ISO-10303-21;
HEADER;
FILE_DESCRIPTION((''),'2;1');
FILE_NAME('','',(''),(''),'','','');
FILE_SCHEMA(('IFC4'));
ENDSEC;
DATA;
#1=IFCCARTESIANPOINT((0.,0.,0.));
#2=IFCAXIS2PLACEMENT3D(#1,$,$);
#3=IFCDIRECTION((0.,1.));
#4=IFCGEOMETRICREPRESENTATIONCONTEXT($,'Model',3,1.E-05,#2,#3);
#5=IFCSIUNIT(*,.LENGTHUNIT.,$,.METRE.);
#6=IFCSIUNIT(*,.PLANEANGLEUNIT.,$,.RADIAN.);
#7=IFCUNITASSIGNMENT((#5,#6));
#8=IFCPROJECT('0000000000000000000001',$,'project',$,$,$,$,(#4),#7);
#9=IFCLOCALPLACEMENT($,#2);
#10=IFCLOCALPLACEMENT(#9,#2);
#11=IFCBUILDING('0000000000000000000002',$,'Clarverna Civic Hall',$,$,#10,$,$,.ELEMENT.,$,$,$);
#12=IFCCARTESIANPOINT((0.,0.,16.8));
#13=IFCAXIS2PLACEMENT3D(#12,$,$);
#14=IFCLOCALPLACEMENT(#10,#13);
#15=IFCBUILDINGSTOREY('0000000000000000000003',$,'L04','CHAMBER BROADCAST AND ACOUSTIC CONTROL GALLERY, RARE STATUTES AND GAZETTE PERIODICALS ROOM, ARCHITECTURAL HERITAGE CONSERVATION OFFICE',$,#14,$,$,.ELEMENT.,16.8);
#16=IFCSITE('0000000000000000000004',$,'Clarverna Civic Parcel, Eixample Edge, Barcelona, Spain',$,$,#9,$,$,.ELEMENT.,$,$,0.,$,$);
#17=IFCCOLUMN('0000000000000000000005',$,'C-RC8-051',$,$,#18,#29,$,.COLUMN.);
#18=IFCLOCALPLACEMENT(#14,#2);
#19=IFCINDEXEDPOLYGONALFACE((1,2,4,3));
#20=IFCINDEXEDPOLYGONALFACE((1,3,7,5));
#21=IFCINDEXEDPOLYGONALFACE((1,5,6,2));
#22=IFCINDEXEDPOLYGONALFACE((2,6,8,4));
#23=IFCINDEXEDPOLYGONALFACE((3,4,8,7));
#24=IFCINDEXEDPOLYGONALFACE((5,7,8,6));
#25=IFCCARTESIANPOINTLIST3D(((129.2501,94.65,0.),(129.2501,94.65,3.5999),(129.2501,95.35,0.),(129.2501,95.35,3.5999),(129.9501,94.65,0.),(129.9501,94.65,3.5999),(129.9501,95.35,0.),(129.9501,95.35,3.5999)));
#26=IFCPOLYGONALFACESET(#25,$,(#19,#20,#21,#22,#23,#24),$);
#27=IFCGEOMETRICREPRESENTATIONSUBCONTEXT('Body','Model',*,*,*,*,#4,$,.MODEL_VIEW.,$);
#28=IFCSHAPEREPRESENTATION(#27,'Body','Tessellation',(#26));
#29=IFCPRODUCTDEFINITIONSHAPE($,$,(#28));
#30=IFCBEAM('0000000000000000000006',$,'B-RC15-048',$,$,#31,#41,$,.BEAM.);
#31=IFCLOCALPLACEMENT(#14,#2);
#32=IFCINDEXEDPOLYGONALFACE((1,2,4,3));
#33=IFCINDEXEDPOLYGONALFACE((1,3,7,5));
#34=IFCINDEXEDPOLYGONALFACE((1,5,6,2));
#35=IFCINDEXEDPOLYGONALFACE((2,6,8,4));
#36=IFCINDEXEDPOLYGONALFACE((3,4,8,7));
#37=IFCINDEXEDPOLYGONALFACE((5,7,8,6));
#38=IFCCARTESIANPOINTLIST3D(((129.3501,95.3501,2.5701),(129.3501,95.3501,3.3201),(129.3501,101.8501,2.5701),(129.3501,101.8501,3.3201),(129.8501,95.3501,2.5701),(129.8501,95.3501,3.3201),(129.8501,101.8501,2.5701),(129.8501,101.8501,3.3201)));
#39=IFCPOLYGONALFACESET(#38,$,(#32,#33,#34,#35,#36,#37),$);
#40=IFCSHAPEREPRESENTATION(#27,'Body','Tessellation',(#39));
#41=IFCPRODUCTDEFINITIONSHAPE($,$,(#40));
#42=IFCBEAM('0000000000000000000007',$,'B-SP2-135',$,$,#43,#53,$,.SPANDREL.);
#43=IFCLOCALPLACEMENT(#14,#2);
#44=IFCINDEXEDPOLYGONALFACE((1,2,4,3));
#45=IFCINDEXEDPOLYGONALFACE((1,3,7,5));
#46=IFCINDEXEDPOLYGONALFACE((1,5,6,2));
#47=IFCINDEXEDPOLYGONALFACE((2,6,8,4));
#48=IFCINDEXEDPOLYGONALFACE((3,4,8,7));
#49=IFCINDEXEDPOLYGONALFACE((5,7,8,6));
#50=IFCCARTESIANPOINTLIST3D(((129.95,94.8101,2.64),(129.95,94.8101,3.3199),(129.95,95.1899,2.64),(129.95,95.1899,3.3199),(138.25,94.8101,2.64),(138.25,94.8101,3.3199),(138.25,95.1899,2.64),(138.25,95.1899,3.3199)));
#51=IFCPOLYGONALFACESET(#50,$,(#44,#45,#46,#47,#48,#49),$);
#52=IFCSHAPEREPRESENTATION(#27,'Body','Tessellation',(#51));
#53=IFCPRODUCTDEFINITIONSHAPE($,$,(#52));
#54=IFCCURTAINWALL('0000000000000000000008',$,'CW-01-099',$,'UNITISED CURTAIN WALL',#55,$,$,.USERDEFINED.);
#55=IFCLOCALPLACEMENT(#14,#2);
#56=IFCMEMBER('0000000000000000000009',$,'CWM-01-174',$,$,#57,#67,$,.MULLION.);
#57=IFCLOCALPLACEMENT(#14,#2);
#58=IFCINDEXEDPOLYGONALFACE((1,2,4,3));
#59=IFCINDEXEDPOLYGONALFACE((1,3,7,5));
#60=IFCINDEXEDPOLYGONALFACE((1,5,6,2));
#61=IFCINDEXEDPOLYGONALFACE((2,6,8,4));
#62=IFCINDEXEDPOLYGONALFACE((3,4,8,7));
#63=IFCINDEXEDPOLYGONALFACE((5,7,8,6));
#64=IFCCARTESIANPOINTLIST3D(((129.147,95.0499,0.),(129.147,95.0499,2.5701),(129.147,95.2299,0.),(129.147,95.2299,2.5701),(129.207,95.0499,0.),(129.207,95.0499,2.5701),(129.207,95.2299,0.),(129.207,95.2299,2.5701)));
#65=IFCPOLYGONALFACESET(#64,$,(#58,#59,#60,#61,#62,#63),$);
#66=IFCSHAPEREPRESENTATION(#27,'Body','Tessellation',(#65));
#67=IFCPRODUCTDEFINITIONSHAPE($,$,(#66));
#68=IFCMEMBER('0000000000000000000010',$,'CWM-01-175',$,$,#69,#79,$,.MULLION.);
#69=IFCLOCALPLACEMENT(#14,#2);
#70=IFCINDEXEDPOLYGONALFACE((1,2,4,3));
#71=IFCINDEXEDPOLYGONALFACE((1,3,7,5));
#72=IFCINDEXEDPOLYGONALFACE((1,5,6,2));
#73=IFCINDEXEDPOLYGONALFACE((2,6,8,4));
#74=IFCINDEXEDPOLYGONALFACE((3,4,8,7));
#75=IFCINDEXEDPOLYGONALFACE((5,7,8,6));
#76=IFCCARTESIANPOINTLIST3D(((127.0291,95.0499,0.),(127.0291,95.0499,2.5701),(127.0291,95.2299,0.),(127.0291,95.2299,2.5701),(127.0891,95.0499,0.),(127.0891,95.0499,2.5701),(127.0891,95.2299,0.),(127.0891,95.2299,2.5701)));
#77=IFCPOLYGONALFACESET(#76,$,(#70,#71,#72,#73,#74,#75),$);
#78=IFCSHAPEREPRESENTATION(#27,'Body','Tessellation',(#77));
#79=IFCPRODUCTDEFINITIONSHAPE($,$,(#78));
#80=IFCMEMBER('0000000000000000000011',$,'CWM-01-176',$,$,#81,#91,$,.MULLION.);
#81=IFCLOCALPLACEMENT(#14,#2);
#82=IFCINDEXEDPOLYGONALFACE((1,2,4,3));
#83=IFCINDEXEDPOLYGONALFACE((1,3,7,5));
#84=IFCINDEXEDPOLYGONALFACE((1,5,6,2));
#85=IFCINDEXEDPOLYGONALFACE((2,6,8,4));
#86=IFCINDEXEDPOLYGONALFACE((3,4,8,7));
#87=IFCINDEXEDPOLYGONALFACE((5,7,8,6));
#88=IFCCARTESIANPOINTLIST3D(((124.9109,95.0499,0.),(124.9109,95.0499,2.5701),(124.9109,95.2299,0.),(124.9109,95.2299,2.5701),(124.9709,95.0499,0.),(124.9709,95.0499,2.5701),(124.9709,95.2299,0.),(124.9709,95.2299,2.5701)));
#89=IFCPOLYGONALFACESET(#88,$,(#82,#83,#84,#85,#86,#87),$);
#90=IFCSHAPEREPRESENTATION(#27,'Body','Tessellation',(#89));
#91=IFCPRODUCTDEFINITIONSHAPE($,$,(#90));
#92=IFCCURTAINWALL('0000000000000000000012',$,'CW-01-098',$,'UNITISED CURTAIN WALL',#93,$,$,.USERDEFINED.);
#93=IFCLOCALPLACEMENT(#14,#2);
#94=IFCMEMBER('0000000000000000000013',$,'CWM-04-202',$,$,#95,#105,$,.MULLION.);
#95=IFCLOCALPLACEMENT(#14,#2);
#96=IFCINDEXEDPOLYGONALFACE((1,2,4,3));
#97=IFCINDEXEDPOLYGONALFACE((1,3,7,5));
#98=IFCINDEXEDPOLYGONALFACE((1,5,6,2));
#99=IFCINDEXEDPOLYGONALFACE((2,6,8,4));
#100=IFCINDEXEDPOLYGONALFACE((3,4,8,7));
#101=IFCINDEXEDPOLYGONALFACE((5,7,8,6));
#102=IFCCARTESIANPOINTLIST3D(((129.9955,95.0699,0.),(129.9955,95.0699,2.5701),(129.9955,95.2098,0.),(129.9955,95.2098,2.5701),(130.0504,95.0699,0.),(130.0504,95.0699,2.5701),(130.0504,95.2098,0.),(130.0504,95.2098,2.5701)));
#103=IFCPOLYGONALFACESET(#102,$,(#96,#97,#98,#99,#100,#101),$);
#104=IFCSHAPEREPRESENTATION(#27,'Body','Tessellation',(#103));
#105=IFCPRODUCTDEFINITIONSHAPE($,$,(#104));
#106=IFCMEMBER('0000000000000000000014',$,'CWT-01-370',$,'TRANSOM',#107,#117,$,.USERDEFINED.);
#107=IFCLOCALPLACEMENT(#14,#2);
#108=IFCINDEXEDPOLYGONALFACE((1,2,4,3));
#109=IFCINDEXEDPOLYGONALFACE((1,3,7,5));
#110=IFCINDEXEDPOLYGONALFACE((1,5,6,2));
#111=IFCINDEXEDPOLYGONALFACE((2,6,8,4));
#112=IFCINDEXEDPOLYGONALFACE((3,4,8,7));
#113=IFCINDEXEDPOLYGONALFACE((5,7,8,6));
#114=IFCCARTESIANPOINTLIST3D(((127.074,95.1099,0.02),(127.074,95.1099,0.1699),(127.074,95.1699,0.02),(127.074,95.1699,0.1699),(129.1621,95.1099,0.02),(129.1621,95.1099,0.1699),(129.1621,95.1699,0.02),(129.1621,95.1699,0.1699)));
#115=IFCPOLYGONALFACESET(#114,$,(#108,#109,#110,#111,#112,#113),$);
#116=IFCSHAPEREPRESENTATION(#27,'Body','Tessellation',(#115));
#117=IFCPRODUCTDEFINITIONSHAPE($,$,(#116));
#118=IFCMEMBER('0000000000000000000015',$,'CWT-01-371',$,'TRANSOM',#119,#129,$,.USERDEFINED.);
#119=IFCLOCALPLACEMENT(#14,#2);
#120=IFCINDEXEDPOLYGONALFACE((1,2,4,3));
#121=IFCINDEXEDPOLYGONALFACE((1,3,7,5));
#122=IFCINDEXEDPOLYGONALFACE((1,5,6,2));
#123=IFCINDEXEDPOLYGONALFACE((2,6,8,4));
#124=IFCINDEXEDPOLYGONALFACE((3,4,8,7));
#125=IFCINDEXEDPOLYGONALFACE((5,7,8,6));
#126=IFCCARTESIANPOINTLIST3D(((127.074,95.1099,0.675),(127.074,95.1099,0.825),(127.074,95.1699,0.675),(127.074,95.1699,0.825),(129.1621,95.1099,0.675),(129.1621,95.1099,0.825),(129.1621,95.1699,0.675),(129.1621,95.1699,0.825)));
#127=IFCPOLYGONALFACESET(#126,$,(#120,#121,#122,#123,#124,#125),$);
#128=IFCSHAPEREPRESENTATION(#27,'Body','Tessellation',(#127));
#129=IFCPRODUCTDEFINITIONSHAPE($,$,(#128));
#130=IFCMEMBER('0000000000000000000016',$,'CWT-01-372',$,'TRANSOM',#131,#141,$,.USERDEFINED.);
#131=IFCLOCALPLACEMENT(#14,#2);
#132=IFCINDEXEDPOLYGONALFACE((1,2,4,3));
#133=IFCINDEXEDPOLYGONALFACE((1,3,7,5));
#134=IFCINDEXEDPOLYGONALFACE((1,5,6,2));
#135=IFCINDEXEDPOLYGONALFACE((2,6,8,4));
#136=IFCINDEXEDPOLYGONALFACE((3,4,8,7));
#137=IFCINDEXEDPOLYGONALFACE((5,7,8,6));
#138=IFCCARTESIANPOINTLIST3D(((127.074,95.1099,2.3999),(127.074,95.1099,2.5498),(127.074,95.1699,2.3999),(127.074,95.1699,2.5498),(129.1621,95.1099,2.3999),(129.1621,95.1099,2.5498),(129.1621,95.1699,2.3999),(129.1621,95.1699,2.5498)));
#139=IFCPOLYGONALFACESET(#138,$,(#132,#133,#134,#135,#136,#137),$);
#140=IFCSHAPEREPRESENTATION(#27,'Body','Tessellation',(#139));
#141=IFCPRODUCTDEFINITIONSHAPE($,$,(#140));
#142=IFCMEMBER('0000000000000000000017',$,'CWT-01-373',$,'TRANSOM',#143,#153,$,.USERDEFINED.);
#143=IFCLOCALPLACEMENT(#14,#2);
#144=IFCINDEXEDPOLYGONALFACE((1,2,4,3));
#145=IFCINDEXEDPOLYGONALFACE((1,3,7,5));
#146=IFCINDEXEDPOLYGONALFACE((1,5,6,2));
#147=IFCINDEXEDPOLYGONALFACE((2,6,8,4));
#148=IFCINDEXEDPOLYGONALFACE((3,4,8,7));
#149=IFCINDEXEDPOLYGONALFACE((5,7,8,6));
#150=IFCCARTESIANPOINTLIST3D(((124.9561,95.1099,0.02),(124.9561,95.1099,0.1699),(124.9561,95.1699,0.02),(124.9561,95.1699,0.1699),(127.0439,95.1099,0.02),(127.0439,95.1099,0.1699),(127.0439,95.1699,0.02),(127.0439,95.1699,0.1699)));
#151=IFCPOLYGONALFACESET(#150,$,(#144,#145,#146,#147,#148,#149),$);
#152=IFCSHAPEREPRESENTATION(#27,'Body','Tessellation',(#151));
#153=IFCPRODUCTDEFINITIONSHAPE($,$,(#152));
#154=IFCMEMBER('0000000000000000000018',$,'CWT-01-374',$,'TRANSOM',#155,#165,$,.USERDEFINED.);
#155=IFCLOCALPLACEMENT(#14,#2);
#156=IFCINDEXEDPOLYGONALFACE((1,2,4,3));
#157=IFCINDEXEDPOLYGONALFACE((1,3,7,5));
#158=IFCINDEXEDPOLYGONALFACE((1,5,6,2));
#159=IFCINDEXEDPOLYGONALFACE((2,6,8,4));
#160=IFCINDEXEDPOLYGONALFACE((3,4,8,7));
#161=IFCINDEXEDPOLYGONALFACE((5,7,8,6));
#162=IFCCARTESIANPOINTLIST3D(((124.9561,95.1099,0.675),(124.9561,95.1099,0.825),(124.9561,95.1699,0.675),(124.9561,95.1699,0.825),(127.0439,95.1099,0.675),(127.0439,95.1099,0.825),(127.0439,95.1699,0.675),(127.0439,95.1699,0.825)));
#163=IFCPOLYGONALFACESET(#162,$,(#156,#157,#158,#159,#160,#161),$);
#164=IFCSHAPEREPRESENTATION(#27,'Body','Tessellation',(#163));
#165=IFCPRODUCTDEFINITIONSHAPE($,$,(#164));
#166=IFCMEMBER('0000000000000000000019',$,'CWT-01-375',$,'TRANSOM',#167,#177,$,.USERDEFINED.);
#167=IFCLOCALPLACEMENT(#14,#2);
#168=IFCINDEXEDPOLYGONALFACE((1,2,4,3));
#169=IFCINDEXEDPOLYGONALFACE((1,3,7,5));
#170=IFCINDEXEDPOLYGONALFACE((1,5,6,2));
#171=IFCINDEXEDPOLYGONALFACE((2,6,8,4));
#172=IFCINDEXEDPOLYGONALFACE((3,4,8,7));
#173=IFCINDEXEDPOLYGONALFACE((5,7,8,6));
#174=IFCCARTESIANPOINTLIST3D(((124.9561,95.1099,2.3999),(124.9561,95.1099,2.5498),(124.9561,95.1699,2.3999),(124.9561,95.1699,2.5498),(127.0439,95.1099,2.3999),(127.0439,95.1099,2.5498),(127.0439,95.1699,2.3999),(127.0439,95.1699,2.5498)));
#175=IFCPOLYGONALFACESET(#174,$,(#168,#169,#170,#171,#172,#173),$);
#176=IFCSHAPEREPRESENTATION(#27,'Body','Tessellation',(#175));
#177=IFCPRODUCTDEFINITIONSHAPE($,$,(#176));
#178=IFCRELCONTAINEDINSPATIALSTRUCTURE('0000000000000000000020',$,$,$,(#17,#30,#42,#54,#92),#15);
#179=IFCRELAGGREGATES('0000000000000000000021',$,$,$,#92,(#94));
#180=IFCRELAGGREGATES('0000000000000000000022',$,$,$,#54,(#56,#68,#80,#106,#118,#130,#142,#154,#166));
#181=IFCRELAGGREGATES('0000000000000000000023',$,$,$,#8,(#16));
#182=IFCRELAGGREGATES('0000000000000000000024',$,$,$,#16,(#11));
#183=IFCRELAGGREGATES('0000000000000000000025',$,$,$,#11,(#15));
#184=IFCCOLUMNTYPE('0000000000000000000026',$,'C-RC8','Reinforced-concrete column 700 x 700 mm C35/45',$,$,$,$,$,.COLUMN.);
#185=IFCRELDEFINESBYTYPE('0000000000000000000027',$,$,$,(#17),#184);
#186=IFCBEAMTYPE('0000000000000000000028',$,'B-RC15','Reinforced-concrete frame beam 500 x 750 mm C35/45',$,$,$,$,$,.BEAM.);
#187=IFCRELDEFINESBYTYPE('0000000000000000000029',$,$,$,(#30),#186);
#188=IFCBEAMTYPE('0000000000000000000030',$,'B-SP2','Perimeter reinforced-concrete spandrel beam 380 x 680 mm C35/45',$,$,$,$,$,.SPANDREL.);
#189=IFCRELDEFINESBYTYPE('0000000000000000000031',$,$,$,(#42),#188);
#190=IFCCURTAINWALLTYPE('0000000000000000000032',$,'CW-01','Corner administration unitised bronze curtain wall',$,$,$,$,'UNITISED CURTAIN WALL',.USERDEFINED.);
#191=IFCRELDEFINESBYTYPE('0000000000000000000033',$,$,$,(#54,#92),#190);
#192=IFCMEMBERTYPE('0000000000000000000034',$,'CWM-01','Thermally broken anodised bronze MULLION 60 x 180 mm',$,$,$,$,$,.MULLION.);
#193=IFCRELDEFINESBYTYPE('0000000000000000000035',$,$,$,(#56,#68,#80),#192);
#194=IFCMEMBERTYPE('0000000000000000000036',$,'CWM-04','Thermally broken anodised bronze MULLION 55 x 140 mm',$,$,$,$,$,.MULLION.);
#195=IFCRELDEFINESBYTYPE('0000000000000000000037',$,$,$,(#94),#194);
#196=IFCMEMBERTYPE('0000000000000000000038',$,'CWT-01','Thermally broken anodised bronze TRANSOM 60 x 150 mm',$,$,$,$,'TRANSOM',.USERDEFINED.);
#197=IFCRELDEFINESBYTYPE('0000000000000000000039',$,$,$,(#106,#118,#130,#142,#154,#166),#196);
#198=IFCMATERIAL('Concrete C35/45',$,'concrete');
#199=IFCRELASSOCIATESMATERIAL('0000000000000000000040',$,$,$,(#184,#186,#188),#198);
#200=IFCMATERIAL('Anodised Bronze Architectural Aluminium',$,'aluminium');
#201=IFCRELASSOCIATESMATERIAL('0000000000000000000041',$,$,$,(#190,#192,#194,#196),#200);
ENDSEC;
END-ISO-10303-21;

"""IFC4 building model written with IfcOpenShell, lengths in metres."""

from ifc_helpers import new_model, si_unit, direction, frame, origin, origin_2d, place, context, subcontext, project, spatial, rectangle, extrude, material, material_profile, profile_set, type_object, element, aggregate, save


model = new_model("IFC4")

# Units and contexts
model_context = context("Model", 3, precision=1e-05, world=origin(), true_north=direction((0.0, 1.0)))
body_context = subcontext(model_context, "Body", "Model", "MODEL_VIEW")
ifc_project = project(units=[si_unit("LENGTHUNIT", "METRE"), si_unit("PLANEANGLEUNIT", "RADIAN")], contexts=[model_context])

# Site, building, storey
site_placement = place(None, origin())
site = spatial("IfcSite", under=ifc_project, at=site_placement, Name="Clarverna Civic Parcel, Eixample Edge, Barcelona, Spain", CompositionType="ELEMENT", RefElevation=0.0)
building_placement = place(site_placement, origin())
building = spatial("IfcBuilding", under=site, at=building_placement, Name="Clarverna Civic Hall", CompositionType="ELEMENT")
storey_placement = place(building_placement, frame((0.0, 0.0, 16.8)))
storey = spatial("IfcBuildingStorey", under=building, at=storey_placement, Name="L04", Description="CHAMBER BROADCAST AND ACOUSTIC CONTROL GALLERY, RARE STATUTES AND GAZETTE PERIODICALS ROOM, ARCHITECTURAL HERITAGE CONSERVATION OFFICE", CompositionType="ELEMENT", Elevation=16.8)

# Column
ifc_material_1 = material(Name="Concrete C35/45", Category="concrete")
ifc_material_profile_1 = material_profile(ifc_material_1, rectangle(XDim=0.7, YDim=0.7, at=origin_2d()), Name="RC 700x700")
ifc_profile_set_1 = profile_set([ifc_material_profile_1], Name="Concrete C35/45")
column_type = type_object("IfcColumnType", Name="C-RC8", Description="Reinforced-concrete column 700 x 700 mm C35/45", PredefinedType="COLUMN", material=ifc_profile_set_1)
column_placement = place(storey_placement, frame((129.6001, 95.0, 0.0), z_axis=(0.0, 0.0, 1.0), x_axis=(1.0, 0.0, 0.0)))
element("IfcColumn", 1, at=column_placement, inside=storey, type_object=column_type, Name="C-RC8-051", PredefinedType="COLUMN", context=body_context, shape_type="SweptSolid", body=[
    extrude(rectangle(XDim=0.7, YDim=0.7, at=origin_2d()), origin(), (0.0, 0.0, 1.0), 3.5999),
])

# Beams
ifc_material_profile_2 = material_profile(ifc_material_1, rectangle(XDim=0.5, YDim=0.75, at=origin_2d()), Name="RC 500x750")
ifc_profile_set_2 = profile_set([ifc_material_profile_2], Name="Concrete C35/45")
beam_type_1 = type_object("IfcBeamType", Name="B-RC15", Description="Reinforced-concrete frame beam 500 x 750 mm C35/45", PredefinedType="BEAM", material=ifc_profile_set_2)
beam_1_placement = place(storey_placement, frame((129.6001, 95.3501, 2.9451), z_axis=(0.0, 1.0, 0.0), x_axis=(-1.0, 0.0, 0.0)))
element("IfcBeam", 2, at=beam_1_placement, inside=storey, type_object=beam_type_1, Name="B-RC15-048", PredefinedType="BEAM", context=body_context, shape_type="SweptSolid", body=[
    extrude(rectangle(XDim=0.5, YDim=0.75, at=origin_2d()), origin(), (0.0, 0.0, 1.0), 6.5),
])
ifc_material_profile_3 = material_profile(ifc_material_1, rectangle(XDim=0.3799, YDim=0.6799, at=origin_2d()), Name="RC 380x680")
ifc_profile_set_3 = profile_set([ifc_material_profile_3], Name="Concrete C35/45")
beam_type_2 = type_object("IfcBeamType", Name="B-SP2", Description="Perimeter reinforced-concrete spandrel beam 380 x 680 mm C35/45", PredefinedType="SPANDREL", material=ifc_profile_set_3)
beam_2_placement = place(storey_placement, frame((129.95, 95.0, 2.98), z_axis=(1.0, 0.0, 0.0), x_axis=(0.0, 1.0, 0.0)))
element("IfcBeam", 3, at=beam_2_placement, inside=storey, type_object=beam_type_2, Name="B-SP2-135", PredefinedType="SPANDREL", context=body_context, shape_type="SweptSolid", body=[
    extrude(rectangle(XDim=0.3799, YDim=0.6799, at=origin_2d()), origin(), (0.0, 0.0, 1.0), 8.3),
])

# Curtain wall, members
ifc_material_2 = material(Name="Anodised Bronze Architectural Aluminium", Category="aluminium")
curtain_wall_type = type_object("IfcCurtainWallType", Name="CW-01", Description="Corner administration unitised bronze curtain wall", ElementType="UNITISED CURTAIN WALL", PredefinedType="USERDEFINED", material=ifc_material_2)
curtain_wall_1_placement = place(storey_placement, origin())
curtain_wall_1 = element("IfcCurtainWall", 4, at=curtain_wall_1_placement, inside=storey, type_object=curtain_wall_type, Name="CW-01-099", ObjectType="UNITISED CURTAIN WALL", PredefinedType="USERDEFINED")
ifc_material_profile_4 = material_profile(ifc_material_2, rectangle(XDim=0.0601, YDim=0.1799, at=origin_2d()), Name="BRONZE 60x180")
ifc_profile_set_4 = profile_set([ifc_material_profile_4], Name="Anodised Bronze Architectural Aluminium")
member_type_1 = type_object("IfcMemberType", Name="CWM-01", Description="Thermally broken anodised bronze MULLION 60 x 180 mm", PredefinedType="MULLION", material=ifc_profile_set_4)
member_1_placement = place(storey_placement, frame((129.177, 95.1399, 0.0), z_axis=(0.0, 0.0, 1.0), x_axis=(1.0, 0.0, 0.0)))
member_1 = element("IfcMember", 5, at=member_1_placement, type_object=member_type_1, Name="CWM-01-174", PredefinedType="MULLION", context=body_context, shape_type="SweptSolid", body=[
    extrude(rectangle(XDim=0.0601, YDim=0.1799, at=origin_2d()), origin(), (0.0, 0.0, 1.0), 2.5701),
])
member_2_placement = place(storey_placement, frame((127.0591, 95.1399, 0.0), z_axis=(0.0, 0.0, 1.0), x_axis=(1.0, 0.0, 0.0)))
member_2 = element("IfcMember", 6, at=member_2_placement, type_object=member_type_1, Name="CWM-01-175", PredefinedType="MULLION", context=body_context, shape_type="SweptSolid", body=[
    extrude(rectangle(XDim=0.0601, YDim=0.1799, at=origin_2d()), origin(), (0.0, 0.0, 1.0), 2.5701),
])
member_3_placement = place(storey_placement, frame((124.9409, 95.1399, 0.0), z_axis=(0.0, 0.0, 1.0), x_axis=(1.0, 0.0, 0.0)))
member_3 = element("IfcMember", 7, at=member_3_placement, type_object=member_type_1, Name="CWM-01-176", PredefinedType="MULLION", context=body_context, shape_type="SweptSolid", body=[
    extrude(rectangle(XDim=0.0601, YDim=0.1799, at=origin_2d()), origin(), (0.0, 0.0, 1.0), 2.5701),
])

# Curtain wall, member
curtain_wall_2_placement = place(storey_placement, origin())
curtain_wall_2 = element("IfcCurtainWall", 8, at=curtain_wall_2_placement, inside=storey, type_object=curtain_wall_type, Name="CW-01-098", ObjectType="UNITISED CURTAIN WALL", PredefinedType="USERDEFINED")
ifc_material_profile_5 = material_profile(ifc_material_2, rectangle(XDim=0.0549, YDim=0.1399, at=origin_2d()), Name="BRONZE 55x140")
ifc_profile_set_5 = profile_set([ifc_material_profile_5], Name="Anodised Bronze Architectural Aluminium")
member_type_2 = type_object("IfcMemberType", Name="CWM-04", Description="Thermally broken anodised bronze MULLION 55 x 140 mm", PredefinedType="MULLION", material=ifc_profile_set_5)
member_4_placement = place(storey_placement, frame((130.0229, 95.1399, 0.0), z_axis=(0.0, 0.0, 1.0), x_axis=(1.0, 0.0, 0.0)))
member_4 = element("IfcMember", 9, at=member_4_placement, type_object=member_type_2, Name="CWM-04-202", PredefinedType="MULLION", context=body_context, shape_type="SweptSolid", body=[
    extrude(rectangle(XDim=0.0549, YDim=0.1399, at=origin_2d()), origin(), (0.0, 0.0, 1.0), 2.5701),
])

# Members
ifc_material_profile_6 = material_profile(ifc_material_2, rectangle(XDim=0.0601, YDim=0.1499, at=origin_2d()), Name="BRONZE 60x150")
ifc_profile_set_6 = profile_set([ifc_material_profile_6], Name="Anodised Bronze Architectural Aluminium")
member_type_3 = type_object("IfcMemberType", Name="CWT-01", Description="Thermally broken anodised bronze TRANSOM 60 x 150 mm", ElementType="TRANSOM", PredefinedType="USERDEFINED", material=ifc_profile_set_6)
member_5_placement = place(storey_placement, frame((129.1621, 95.1399, 0.095), z_axis=(-1.0, 0.0, 0.0), x_axis=(0.0, -1.0, 0.0)))
member_5 = element("IfcMember", 10, at=member_5_placement, type_object=member_type_3, Name="CWT-01-370", ObjectType="TRANSOM", PredefinedType="USERDEFINED", context=body_context, shape_type="SweptSolid", body=[
    extrude(rectangle(XDim=0.0601, YDim=0.1499, at=origin_2d()), origin(), (0.0, 0.0, 1.0), 2.0881),
])
member_6_placement = place(storey_placement, frame((129.1621, 95.1399, 0.75), z_axis=(-1.0, 0.0, 0.0), x_axis=(0.0, -1.0, 0.0)))
member_6 = element("IfcMember", 11, at=member_6_placement, type_object=member_type_3, Name="CWT-01-371", ObjectType="TRANSOM", PredefinedType="USERDEFINED", context=body_context, shape_type="SweptSolid", body=[
    extrude(rectangle(XDim=0.0601, YDim=0.1499, at=origin_2d()), origin(), (0.0, 0.0, 1.0), 2.0881),
])
member_7_placement = place(storey_placement, frame((129.1621, 95.1399, 2.4749), z_axis=(-1.0, 0.0, 0.0), x_axis=(0.0, -1.0, 0.0)))
member_7 = element("IfcMember", 12, at=member_7_placement, type_object=member_type_3, Name="CWT-01-372", ObjectType="TRANSOM", PredefinedType="USERDEFINED", context=body_context, shape_type="SweptSolid", body=[
    extrude(rectangle(XDim=0.0601, YDim=0.1499, at=origin_2d()), origin(), (0.0, 0.0, 1.0), 2.0881),
])
member_8_placement = place(storey_placement, frame((127.0439, 95.1399, 0.095), z_axis=(-1.0, 0.0, 0.0), x_axis=(0.0, -1.0, 0.0)))
member_8 = element("IfcMember", 13, at=member_8_placement, type_object=member_type_3, Name="CWT-01-373", ObjectType="TRANSOM", PredefinedType="USERDEFINED", context=body_context, shape_type="SweptSolid", body=[
    extrude(rectangle(XDim=0.0601, YDim=0.1499, at=origin_2d()), origin(), (0.0, 0.0, 1.0), 2.0879),
])
member_9_placement = place(storey_placement, frame((127.0439, 95.1399, 0.75), z_axis=(-1.0, 0.0, 0.0), x_axis=(0.0, -1.0, 0.0)))
member_9 = element("IfcMember", 14, at=member_9_placement, type_object=member_type_3, Name="CWT-01-374", ObjectType="TRANSOM", PredefinedType="USERDEFINED", context=body_context, shape_type="SweptSolid", body=[
    extrude(rectangle(XDim=0.0601, YDim=0.1499, at=origin_2d()), origin(), (0.0, 0.0, 1.0), 2.0879),
])
member_10_placement = place(storey_placement, frame((127.0439, 95.1399, 2.4749), z_axis=(-1.0, 0.0, 0.0), x_axis=(0.0, -1.0, 0.0)))
member_10 = element("IfcMember", 15, at=member_10_placement, type_object=member_type_3, Name="CWT-01-375", ObjectType="TRANSOM", PredefinedType="USERDEFINED", context=body_context, shape_type="SweptSolid", body=[
    extrude(rectangle(XDim=0.0601, YDim=0.1499, at=origin_2d()), origin(), (0.0, 0.0, 1.0), 2.0879),
])
aggregate(curtain_wall_2, [member_4])

aggregate(curtain_wall_1, [member_1, member_2, member_3, member_5, member_6, member_7, member_8, member_9, member_10])

save(model, "model.ifc")
